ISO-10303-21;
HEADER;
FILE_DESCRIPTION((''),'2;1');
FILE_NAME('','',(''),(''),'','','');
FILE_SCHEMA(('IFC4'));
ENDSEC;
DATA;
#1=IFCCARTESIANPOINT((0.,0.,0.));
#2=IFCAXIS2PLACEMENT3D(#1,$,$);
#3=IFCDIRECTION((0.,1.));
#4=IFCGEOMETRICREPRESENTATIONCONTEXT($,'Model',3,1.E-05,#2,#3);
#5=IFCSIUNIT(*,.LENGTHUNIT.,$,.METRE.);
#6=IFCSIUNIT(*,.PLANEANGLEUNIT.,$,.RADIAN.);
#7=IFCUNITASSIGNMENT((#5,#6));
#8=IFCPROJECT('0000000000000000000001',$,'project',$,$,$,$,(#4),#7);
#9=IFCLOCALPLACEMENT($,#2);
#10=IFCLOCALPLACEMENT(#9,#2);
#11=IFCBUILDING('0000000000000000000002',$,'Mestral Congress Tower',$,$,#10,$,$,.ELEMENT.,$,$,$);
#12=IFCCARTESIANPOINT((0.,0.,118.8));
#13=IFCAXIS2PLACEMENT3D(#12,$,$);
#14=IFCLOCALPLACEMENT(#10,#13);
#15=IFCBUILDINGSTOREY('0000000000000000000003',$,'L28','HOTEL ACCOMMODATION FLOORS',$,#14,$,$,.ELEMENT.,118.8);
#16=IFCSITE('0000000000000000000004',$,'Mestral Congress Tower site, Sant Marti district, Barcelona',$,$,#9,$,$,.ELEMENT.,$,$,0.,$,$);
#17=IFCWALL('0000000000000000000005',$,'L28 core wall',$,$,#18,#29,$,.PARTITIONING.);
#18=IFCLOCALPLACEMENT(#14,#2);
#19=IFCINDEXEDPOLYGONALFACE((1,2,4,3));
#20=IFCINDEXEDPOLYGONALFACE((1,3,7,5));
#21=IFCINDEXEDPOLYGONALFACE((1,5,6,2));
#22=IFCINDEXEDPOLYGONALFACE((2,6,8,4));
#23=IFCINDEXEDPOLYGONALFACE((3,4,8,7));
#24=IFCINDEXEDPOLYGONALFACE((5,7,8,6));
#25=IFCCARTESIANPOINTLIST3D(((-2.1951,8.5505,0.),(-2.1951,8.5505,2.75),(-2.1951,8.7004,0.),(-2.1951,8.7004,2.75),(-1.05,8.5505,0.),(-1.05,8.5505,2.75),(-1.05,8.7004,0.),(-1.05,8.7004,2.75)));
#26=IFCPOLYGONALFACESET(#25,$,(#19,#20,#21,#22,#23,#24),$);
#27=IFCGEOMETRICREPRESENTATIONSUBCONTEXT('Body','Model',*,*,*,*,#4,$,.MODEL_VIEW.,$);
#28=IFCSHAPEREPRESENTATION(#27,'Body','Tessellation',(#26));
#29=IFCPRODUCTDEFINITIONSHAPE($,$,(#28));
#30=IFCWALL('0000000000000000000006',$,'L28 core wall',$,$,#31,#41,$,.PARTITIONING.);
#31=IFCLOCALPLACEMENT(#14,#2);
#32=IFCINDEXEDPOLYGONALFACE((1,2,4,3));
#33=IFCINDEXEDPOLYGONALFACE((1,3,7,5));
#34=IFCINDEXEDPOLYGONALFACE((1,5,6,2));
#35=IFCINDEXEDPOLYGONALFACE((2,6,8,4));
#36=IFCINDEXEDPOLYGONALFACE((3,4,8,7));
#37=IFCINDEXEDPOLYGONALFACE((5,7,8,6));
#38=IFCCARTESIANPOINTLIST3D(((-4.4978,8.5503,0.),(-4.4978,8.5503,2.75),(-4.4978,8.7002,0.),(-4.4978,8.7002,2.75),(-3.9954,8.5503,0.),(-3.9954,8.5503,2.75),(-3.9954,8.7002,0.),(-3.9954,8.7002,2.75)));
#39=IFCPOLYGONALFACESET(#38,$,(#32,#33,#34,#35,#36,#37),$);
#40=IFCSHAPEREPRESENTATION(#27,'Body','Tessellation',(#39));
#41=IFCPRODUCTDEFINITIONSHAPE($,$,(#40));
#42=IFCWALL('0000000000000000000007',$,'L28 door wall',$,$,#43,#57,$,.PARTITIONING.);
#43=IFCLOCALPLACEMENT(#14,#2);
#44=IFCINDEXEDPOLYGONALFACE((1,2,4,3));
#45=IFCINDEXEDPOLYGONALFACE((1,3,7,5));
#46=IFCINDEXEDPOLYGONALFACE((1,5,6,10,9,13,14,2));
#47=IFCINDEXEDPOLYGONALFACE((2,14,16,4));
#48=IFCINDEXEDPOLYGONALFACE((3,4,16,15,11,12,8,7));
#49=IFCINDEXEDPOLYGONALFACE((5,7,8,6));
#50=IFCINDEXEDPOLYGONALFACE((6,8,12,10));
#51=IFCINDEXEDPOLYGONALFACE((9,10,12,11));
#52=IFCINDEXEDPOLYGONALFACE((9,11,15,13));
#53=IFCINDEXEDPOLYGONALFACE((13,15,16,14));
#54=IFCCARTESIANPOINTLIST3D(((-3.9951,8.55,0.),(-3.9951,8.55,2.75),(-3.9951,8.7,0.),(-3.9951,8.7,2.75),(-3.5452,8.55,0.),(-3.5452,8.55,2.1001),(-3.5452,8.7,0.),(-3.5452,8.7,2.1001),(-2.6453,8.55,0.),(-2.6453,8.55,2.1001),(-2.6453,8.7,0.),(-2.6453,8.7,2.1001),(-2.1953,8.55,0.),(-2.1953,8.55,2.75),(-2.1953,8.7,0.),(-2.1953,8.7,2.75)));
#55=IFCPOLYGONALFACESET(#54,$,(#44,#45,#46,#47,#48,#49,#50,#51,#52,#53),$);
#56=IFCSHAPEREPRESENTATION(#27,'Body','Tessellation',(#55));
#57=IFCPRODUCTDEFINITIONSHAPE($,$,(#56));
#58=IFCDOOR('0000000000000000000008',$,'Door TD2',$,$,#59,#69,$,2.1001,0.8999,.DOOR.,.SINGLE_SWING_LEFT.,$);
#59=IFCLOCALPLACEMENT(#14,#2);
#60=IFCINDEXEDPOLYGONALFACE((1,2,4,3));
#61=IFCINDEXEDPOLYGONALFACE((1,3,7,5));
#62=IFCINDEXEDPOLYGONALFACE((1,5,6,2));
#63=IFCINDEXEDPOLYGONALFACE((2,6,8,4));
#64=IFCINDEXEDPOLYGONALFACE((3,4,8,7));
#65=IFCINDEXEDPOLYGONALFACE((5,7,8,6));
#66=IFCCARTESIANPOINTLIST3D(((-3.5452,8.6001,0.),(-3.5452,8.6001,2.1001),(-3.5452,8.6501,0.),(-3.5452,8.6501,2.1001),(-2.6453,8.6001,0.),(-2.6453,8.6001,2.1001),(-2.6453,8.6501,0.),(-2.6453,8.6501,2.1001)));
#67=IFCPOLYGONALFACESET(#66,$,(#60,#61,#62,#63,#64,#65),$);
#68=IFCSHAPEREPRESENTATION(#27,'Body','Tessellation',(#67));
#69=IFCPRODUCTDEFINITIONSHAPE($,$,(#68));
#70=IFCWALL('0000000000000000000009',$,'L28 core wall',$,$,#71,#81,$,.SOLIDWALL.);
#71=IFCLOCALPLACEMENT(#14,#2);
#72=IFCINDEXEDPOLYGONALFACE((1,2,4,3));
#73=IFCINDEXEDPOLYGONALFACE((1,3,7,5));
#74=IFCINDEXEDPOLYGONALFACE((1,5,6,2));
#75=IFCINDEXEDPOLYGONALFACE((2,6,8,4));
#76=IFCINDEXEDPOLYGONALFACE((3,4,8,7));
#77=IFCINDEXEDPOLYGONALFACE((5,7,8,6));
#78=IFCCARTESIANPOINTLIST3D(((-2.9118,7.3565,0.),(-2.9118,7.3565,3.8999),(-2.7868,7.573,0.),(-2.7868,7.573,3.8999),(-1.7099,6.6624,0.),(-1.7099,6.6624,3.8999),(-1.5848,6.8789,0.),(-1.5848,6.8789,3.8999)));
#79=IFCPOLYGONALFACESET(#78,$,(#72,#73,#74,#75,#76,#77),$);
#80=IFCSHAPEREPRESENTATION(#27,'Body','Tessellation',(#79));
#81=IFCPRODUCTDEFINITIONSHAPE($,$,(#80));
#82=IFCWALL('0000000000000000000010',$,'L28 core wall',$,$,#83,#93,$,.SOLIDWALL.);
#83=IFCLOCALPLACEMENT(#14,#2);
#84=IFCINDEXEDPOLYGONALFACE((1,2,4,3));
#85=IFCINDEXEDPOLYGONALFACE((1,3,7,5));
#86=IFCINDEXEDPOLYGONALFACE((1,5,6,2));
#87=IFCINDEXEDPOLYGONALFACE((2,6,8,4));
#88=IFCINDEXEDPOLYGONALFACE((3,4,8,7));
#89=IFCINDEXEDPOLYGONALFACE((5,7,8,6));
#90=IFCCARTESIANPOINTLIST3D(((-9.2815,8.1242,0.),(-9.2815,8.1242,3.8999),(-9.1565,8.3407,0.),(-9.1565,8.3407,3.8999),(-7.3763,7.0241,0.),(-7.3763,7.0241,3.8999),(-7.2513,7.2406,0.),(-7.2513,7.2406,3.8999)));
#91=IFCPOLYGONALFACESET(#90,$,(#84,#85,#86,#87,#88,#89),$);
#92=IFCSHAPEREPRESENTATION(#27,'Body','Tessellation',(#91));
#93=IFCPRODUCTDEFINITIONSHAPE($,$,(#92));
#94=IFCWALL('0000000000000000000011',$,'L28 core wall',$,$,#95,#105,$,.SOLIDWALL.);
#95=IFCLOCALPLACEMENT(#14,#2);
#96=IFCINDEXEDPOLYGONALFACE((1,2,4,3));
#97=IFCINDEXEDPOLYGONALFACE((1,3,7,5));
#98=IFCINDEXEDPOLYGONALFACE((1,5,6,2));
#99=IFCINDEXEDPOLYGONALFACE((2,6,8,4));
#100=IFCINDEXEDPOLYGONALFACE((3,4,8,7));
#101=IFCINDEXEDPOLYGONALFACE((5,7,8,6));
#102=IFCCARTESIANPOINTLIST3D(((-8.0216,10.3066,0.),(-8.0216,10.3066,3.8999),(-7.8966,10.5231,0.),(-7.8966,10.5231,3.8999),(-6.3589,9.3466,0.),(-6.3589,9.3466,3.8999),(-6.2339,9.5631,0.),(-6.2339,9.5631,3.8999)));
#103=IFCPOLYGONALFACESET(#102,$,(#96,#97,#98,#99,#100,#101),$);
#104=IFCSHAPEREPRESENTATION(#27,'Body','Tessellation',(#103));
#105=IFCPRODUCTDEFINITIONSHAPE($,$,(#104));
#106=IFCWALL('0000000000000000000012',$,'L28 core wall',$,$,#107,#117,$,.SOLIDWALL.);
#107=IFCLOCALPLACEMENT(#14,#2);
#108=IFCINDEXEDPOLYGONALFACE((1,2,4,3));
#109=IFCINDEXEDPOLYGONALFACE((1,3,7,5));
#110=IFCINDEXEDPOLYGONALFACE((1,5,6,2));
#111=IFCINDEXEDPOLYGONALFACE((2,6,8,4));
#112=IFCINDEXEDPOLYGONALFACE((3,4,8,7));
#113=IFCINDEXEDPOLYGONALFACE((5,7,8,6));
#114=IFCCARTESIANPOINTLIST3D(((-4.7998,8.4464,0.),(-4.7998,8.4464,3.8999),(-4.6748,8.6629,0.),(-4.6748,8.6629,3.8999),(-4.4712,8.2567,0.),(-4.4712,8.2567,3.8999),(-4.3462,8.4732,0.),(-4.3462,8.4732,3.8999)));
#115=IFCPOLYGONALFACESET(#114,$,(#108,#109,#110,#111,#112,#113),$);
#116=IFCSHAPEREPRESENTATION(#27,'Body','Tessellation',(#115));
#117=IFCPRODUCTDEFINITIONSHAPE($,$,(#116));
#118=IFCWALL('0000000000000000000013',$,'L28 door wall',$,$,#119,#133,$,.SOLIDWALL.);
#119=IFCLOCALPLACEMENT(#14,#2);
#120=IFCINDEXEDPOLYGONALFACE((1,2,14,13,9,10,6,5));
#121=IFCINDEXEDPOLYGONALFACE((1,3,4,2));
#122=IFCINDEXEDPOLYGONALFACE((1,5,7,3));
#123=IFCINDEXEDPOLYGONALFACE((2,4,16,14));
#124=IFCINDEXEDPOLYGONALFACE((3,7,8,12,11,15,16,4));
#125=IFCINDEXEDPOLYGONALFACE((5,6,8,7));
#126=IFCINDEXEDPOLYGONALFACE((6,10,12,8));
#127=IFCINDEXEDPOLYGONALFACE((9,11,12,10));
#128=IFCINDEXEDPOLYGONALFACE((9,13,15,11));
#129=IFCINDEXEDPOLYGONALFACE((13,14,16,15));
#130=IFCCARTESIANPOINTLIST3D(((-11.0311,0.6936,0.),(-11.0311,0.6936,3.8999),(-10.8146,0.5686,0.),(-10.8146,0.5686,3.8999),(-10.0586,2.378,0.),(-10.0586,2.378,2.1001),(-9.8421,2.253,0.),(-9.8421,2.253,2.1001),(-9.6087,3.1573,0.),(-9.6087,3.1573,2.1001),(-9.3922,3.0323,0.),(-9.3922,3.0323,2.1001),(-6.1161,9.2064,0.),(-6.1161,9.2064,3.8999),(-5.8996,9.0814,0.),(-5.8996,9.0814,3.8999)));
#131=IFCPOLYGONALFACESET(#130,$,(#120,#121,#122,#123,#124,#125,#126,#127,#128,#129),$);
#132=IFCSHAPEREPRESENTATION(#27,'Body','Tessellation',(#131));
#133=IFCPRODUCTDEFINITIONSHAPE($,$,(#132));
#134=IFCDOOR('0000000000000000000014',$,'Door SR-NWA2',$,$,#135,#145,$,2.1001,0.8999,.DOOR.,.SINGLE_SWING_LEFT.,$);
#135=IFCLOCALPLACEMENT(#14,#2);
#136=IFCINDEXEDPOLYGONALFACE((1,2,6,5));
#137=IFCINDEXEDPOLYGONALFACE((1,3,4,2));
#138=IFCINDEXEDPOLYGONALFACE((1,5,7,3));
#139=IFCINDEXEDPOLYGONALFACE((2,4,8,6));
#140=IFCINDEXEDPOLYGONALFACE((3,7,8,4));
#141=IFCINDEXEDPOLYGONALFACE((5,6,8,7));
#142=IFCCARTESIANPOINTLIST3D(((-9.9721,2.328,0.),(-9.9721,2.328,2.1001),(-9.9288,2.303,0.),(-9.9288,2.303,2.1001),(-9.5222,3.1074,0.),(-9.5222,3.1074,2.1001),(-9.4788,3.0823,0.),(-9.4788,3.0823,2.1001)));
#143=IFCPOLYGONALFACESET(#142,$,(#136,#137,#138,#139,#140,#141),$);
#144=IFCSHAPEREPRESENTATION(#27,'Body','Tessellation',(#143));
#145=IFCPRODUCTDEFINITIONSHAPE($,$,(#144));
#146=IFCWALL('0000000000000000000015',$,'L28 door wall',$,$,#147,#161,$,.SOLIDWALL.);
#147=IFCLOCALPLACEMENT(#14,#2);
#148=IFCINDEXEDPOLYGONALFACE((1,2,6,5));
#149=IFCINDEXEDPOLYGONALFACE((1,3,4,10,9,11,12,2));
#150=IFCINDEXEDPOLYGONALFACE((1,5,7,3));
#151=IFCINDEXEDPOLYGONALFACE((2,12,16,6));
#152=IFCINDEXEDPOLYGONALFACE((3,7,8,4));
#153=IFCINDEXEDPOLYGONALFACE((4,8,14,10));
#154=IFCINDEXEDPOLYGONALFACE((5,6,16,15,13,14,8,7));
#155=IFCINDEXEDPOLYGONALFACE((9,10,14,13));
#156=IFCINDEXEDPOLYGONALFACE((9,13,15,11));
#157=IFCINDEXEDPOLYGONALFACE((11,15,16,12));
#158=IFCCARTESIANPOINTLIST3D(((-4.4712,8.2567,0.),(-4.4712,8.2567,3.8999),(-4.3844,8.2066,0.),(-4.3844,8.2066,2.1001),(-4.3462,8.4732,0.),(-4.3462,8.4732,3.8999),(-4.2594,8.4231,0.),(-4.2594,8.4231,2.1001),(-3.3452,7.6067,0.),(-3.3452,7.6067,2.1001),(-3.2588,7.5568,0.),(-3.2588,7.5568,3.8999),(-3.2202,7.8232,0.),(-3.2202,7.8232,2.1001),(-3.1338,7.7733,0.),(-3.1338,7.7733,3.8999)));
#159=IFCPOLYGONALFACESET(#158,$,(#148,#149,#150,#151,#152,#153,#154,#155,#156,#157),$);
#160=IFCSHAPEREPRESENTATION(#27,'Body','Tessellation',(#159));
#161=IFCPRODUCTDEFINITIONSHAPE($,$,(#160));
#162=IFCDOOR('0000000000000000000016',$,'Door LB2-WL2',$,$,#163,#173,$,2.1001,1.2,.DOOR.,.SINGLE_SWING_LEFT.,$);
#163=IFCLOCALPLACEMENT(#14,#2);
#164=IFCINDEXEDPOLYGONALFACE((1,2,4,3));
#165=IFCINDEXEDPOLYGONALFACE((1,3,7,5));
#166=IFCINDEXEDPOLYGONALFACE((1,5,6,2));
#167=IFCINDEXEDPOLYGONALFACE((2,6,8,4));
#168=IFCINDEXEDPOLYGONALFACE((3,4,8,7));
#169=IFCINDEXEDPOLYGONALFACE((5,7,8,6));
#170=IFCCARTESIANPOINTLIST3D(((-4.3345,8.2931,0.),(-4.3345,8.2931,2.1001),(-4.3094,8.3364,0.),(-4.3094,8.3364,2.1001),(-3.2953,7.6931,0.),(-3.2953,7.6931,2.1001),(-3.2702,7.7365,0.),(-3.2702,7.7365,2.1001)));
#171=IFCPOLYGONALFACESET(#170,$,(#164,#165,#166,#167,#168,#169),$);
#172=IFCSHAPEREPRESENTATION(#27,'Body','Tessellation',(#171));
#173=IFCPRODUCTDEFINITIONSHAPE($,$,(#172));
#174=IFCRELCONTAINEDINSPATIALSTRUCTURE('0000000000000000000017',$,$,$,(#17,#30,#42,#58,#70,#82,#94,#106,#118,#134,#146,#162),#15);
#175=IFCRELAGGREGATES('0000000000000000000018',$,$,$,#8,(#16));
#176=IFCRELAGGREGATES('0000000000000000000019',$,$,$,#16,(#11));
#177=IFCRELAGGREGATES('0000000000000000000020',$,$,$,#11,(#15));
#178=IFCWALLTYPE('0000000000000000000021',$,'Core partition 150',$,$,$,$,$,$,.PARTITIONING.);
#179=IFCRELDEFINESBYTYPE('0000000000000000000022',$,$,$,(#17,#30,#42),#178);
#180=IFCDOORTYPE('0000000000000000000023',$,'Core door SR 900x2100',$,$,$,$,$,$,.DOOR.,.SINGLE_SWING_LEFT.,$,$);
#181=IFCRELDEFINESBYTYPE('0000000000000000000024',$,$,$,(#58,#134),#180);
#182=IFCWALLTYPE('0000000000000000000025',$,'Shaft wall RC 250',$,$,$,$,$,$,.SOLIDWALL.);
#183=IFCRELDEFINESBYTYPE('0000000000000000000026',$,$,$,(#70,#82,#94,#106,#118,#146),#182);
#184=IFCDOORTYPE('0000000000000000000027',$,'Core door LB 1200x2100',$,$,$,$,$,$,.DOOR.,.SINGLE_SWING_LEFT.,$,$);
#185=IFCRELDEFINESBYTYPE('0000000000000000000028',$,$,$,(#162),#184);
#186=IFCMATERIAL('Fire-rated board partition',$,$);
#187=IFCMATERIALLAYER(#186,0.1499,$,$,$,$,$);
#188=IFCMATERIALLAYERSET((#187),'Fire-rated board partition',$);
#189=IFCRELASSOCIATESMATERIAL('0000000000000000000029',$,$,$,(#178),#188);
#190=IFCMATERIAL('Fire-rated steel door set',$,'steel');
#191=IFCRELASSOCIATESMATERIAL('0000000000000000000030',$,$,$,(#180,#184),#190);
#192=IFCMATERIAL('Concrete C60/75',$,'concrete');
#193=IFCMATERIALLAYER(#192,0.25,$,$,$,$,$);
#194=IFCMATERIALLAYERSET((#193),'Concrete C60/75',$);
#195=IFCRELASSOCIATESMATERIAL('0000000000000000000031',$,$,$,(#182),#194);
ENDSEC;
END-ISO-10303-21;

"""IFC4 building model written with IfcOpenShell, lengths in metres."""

from ifc_helpers import new_model, si_unit, direction, frame, frame_2d, origin, place, context, subcontext, project, spatial, rectangle, extrude, material, layer, layer_set, type_object, element, fill, save


model = new_model("IFC4")

# Units and contexts
model_context = context("Model", 3, precision=1e-05, world=origin(), true_north=direction((0.0, 1.0)))
body_context = subcontext(model_context, "Body", "Model", "MODEL_VIEW")
ifc_project = project(units=[si_unit("LENGTHUNIT", "METRE"), si_unit("PLANEANGLEUNIT", "RADIAN")], contexts=[model_context])

# Site, building, storey
site_placement = place(None, origin())
site = spatial("IfcSite", under=ifc_project, at=site_placement, Name="Mestral Congress Tower site, Sant Marti district, Barcelona", CompositionType="ELEMENT", RefElevation=0.0)
building_placement = place(site_placement, origin())
building = spatial("IfcBuilding", under=site, at=building_placement, Name="Mestral Congress Tower", CompositionType="ELEMENT")
storey_placement = place(building_placement, frame((0.0, 0.0, 118.8)))
storey = spatial("IfcBuildingStorey", under=building, at=storey_placement, Name="L28", Description="HOTEL ACCOMMODATION FLOORS", CompositionType="ELEMENT", Elevation=118.8)

# Walls
ifc_material_1 = material(Name="Fire-rated board partition")
ifc_layer_1 = layer(ifc_material_1, 0.1499)
ifc_layer_set_1 = layer_set([ifc_layer_1], Name="Fire-rated board partition")
wall_type_1 = type_object("IfcWallType", Name="Core partition 150", PredefinedType="PARTITIONING", material=ifc_layer_set_1)
wall_1_placement = place(storey_placement, frame((-2.1951, 8.6255, 0.0), z_axis=(0.0, 0.0, 1.0), x_axis=(1.0, 0.0, 0.0)))
element("IfcWall", 1, at=wall_1_placement, inside=storey, type_object=wall_type_1, Name="L28 core wall", PredefinedType="PARTITIONING", context=body_context, shape_type="SweptSolid", body=[
    extrude(rectangle(XDim=1.145, YDim=0.1499, at=frame_2d((0.5725, 0.0))), origin(), (0.0, 0.0, 1.0), 2.75),
])
wall_2_placement = place(storey_placement, frame((-4.4978, 8.6252, 0.0), z_axis=(0.0, 0.0, 1.0), x_axis=(1.0, 0.0, 0.0)))
element("IfcWall", 2, at=wall_2_placement, inside=storey, type_object=wall_type_1, Name="L28 core wall", PredefinedType="PARTITIONING", context=body_context, shape_type="SweptSolid", body=[
    extrude(rectangle(XDim=0.5024, YDim=0.1499, at=frame_2d((0.2512, 0.0))), origin(), (0.0, 0.0, 1.0), 2.75),
])

# Wall, opening, door
wall_3_placement = place(storey_placement, frame((-2.1953, 8.625, 0.0), z_axis=(0.0, 0.0, 1.0), x_axis=(-1.0, 0.0, 0.0)))
wall_3 = element("IfcWall", 3, at=wall_3_placement, inside=storey, type_object=wall_type_1, Name="L28 door wall", PredefinedType="PARTITIONING", context=body_context, shape_type="SweptSolid", body=[
    extrude(rectangle(XDim=1.7998, YDim=0.1499, at=frame_2d((0.8999, 0.0))), origin(), (0.0, 0.0, 1.0), 2.75),
])
opening_1_placement = place(wall_3_placement, frame((0.45, 0.0, 0.0)))
opening_1 = element("IfcOpeningElement", 4, at=opening_1_placement, cuts=wall_3, PredefinedType="OPENING", context=body_context, shape_type="SweptSolid", body=[
    extrude(rectangle(XDim=0.8999, YDim=2.1001, at=frame_2d((0.45, 1.05))), frame((0.0, 0.085, 0.0), z_axis=(0.0, -1.0, 0.0), x_axis=(1.0, 0.0, 0.0)), (0.0, 0.0, 1.0), 0.1699),
])
ifc_material_2 = material(Name="Fire-rated steel door set", Category="steel")
door_type_1 = type_object("IfcDoorType", Name="Core door SR 900x2100", OperationType="SINGLE_SWING_LEFT", PredefinedType="DOOR", material=ifc_material_2)
door_1_placement = place(opening_1_placement, origin())
door_1 = element("IfcDoor", 5, at=door_1_placement, inside=storey, type_object=door_type_1, Name="Door TD2", OperationType="SINGLE_SWING_LEFT", OverallHeight=2.1001, OverallWidth=0.8999, PredefinedType="DOOR", context=body_context, shape_type="SweptSolid", body=[
    extrude(rectangle(XDim=0.8999, YDim=2.1001, at=frame_2d((0.45, 1.05))), frame((0.0, 0.0249, 0.0), z_axis=(0.0, -1.0, 0.0), x_axis=(1.0, 0.0, 0.0)), (0.0, 0.0, 1.0), 0.05),
])
fill(opening_1, door_1)

# Walls
ifc_material_3 = material(Name="Concrete C60/75", Category="concrete")
ifc_layer_2 = layer(ifc_material_3, 0.25)
ifc_layer_set_2 = layer_set([ifc_layer_2], Name="Concrete C60/75")
wall_type_2 = type_object("IfcWallType", Name="Shaft wall RC 250", PredefinedType="SOLIDWALL", material=ifc_layer_set_2)
wall_4_placement = place(storey_placement, frame((-1.6475, 6.7708, 0.0), z_axis=(0.0, 0.0, 1.0), x_axis=(-0.865972, 0.500093, 0.0)))
element("IfcWall", 6, at=wall_4_placement, inside=storey, type_object=wall_type_2, Name="L28 core wall", PredefinedType="SOLIDWALL", context=body_context, shape_type="SweptSolid", body=[
    extrude(rectangle(XDim=1.3879, YDim=0.25, at=frame_2d((0.6938, 0.0))), origin(), (0.0, 0.0, 1.0), 3.8999),
])
wall_5_placement = place(storey_placement, frame((-7.3137, 7.1323, 0.0), z_axis=(0.0, 0.0, 1.0), x_axis=(-0.866008, 0.50003, 0.0)))
element("IfcWall", 7, at=wall_5_placement, inside=storey, type_object=wall_type_2, Name="L28 core wall", PredefinedType="SOLIDWALL", context=body_context, shape_type="SweptSolid", body=[
    extrude(rectangle(XDim=2.2, YDim=0.25, at=frame_2d((1.1001, 0.0))), origin(), (0.0, 0.0, 1.0), 3.8999),
])
wall_6_placement = place(storey_placement, frame((-6.2964, 9.4548, 0.0), z_axis=(0.0, 0.0, 1.0), x_axis=(-0.866012, 0.500023, 0.0)))
element("IfcWall", 8, at=wall_6_placement, inside=storey, type_object=wall_type_2, Name="L28 core wall", PredefinedType="SOLIDWALL", context=body_context, shape_type="SweptSolid", body=[
    extrude(rectangle(XDim=1.9199, YDim=0.25, at=frame_2d((0.96, 0.0))), origin(), (0.0, 0.0, 1.0), 3.8999),
])
wall_7_placement = place(storey_placement, frame((-4.4087, 8.365, 0.0), z_axis=(0.0, 0.0, 1.0), x_axis=(-0.866057, 0.499945, 0.0)))
element("IfcWall", 9, at=wall_7_placement, inside=storey, type_object=wall_type_2, Name="L28 core wall", PredefinedType="SOLIDWALL", context=body_context, shape_type="SweptSolid", body=[
    extrude(rectangle(XDim=0.3794, YDim=0.25, at=frame_2d((0.1897, 0.0))), origin(), (0.0, 0.0, 1.0), 3.8999),
])

# Walls, openings, doors
wall_8_placement = place(storey_placement, frame((-6.0078, 9.144, 0.0), z_axis=(0.0, 0.0, 1.0), x_axis=(-0.500007, -0.866021, 0.0)))
wall_8 = element("IfcWall", 10, at=wall_8_placement, inside=storey, type_object=wall_type_2, Name="L28 door wall", PredefinedType="SOLIDWALL", context=body_context, shape_type="SweptSolid", body=[
    extrude(rectangle(XDim=9.8298, YDim=0.25, at=frame_2d((4.915, 0.0))), origin(), (0.0, 0.0, 1.0), 3.8999),
])
opening_2_placement = place(wall_8_placement, frame((6.9851, 0.0, 0.0)))
opening_2 = element("IfcOpeningElement", 11, at=opening_2_placement, cuts=wall_8, PredefinedType="OPENING", context=body_context, shape_type="SweptSolid", body=[
    extrude(rectangle(XDim=0.8999, YDim=2.1001, at=frame_2d((0.45, 1.05))), frame((0.0, 0.135, 0.0), z_axis=(0.0, -1.0, 0.0), x_axis=(1.0, 0.0, 0.0)), (0.0, 0.0, 1.0), 0.27),
])
door_2_placement = place(opening_2_placement, origin())
door_2 = element("IfcDoor", 12, at=door_2_placement, inside=storey, type_object=door_type_1, Name="Door SR-NWA2", OperationType="SINGLE_SWING_LEFT", OverallHeight=2.1001, OverallWidth=0.8999, PredefinedType="DOOR", context=body_context, shape_type="SweptSolid", body=[
    extrude(rectangle(XDim=0.8999, YDim=2.1001, at=frame_2d((0.45, 1.05))), frame((0.0, 0.0249, 0.0), z_axis=(0.0, -1.0, 0.0), x_axis=(1.0, 0.0, 0.0)), (0.0, 0.0, 1.0), 0.05),
])
fill(opening_2, door_2)
wall_9_placement = place(storey_placement, frame((-4.4087, 8.365, 0.0), z_axis=(0.0, 0.0, 1.0), x_axis=(0.866035, -0.499984, 0.0)))
wall_9 = element("IfcWall", 13, at=wall_9_placement, inside=storey, type_object=wall_type_2, Name="L28 door wall", PredefinedType="SOLIDWALL", context=body_context, shape_type="SweptSolid", body=[
    extrude(rectangle(XDim=1.3999, YDim=0.25, at=frame_2d((0.7, 0.0))), origin(), (0.0, 0.0, 1.0), 3.8999),
])
opening_3_placement = place(wall_9_placement, frame((0.1001, 0.0, 0.0)))
opening_3 = element("IfcOpeningElement", 14, at=opening_3_placement, cuts=wall_9, PredefinedType="OPENING", context=body_context, shape_type="SweptSolid", body=[
    extrude(rectangle(XDim=1.2, YDim=2.1001, at=frame_2d((0.6001, 1.05))), frame((0.0, 0.135, 0.0), z_axis=(0.0, -1.0, 0.0), x_axis=(1.0, 0.0, 0.0)), (0.0, 0.0, 1.0), 0.27),
])
door_type_2 = type_object("IfcDoorType", Name="Core door LB 1200x2100", OperationType="SINGLE_SWING_LEFT", PredefinedType="DOOR", material=ifc_material_2)
door_3_placement = place(opening_3_placement, origin())
door_3 = element("IfcDoor", 15, at=door_3_placement, inside=storey, type_object=door_type_2, Name="Door LB2-WL2", OperationType="SINGLE_SWING_LEFT", OverallHeight=2.1001, OverallWidth=1.2, PredefinedType="DOOR", context=body_context, shape_type="SweptSolid", body=[
    extrude(rectangle(XDim=1.2, YDim=2.1001, at=frame_2d((0.6001, 1.05))), frame((0.0, 0.0249, 0.0), z_axis=(0.0, -1.0, 0.0), x_axis=(1.0, 0.0, 0.0)), (0.0, 0.0, 1.0), 0.05),
])
fill(opening_3, door_3)

save(model, "model.ifc")
